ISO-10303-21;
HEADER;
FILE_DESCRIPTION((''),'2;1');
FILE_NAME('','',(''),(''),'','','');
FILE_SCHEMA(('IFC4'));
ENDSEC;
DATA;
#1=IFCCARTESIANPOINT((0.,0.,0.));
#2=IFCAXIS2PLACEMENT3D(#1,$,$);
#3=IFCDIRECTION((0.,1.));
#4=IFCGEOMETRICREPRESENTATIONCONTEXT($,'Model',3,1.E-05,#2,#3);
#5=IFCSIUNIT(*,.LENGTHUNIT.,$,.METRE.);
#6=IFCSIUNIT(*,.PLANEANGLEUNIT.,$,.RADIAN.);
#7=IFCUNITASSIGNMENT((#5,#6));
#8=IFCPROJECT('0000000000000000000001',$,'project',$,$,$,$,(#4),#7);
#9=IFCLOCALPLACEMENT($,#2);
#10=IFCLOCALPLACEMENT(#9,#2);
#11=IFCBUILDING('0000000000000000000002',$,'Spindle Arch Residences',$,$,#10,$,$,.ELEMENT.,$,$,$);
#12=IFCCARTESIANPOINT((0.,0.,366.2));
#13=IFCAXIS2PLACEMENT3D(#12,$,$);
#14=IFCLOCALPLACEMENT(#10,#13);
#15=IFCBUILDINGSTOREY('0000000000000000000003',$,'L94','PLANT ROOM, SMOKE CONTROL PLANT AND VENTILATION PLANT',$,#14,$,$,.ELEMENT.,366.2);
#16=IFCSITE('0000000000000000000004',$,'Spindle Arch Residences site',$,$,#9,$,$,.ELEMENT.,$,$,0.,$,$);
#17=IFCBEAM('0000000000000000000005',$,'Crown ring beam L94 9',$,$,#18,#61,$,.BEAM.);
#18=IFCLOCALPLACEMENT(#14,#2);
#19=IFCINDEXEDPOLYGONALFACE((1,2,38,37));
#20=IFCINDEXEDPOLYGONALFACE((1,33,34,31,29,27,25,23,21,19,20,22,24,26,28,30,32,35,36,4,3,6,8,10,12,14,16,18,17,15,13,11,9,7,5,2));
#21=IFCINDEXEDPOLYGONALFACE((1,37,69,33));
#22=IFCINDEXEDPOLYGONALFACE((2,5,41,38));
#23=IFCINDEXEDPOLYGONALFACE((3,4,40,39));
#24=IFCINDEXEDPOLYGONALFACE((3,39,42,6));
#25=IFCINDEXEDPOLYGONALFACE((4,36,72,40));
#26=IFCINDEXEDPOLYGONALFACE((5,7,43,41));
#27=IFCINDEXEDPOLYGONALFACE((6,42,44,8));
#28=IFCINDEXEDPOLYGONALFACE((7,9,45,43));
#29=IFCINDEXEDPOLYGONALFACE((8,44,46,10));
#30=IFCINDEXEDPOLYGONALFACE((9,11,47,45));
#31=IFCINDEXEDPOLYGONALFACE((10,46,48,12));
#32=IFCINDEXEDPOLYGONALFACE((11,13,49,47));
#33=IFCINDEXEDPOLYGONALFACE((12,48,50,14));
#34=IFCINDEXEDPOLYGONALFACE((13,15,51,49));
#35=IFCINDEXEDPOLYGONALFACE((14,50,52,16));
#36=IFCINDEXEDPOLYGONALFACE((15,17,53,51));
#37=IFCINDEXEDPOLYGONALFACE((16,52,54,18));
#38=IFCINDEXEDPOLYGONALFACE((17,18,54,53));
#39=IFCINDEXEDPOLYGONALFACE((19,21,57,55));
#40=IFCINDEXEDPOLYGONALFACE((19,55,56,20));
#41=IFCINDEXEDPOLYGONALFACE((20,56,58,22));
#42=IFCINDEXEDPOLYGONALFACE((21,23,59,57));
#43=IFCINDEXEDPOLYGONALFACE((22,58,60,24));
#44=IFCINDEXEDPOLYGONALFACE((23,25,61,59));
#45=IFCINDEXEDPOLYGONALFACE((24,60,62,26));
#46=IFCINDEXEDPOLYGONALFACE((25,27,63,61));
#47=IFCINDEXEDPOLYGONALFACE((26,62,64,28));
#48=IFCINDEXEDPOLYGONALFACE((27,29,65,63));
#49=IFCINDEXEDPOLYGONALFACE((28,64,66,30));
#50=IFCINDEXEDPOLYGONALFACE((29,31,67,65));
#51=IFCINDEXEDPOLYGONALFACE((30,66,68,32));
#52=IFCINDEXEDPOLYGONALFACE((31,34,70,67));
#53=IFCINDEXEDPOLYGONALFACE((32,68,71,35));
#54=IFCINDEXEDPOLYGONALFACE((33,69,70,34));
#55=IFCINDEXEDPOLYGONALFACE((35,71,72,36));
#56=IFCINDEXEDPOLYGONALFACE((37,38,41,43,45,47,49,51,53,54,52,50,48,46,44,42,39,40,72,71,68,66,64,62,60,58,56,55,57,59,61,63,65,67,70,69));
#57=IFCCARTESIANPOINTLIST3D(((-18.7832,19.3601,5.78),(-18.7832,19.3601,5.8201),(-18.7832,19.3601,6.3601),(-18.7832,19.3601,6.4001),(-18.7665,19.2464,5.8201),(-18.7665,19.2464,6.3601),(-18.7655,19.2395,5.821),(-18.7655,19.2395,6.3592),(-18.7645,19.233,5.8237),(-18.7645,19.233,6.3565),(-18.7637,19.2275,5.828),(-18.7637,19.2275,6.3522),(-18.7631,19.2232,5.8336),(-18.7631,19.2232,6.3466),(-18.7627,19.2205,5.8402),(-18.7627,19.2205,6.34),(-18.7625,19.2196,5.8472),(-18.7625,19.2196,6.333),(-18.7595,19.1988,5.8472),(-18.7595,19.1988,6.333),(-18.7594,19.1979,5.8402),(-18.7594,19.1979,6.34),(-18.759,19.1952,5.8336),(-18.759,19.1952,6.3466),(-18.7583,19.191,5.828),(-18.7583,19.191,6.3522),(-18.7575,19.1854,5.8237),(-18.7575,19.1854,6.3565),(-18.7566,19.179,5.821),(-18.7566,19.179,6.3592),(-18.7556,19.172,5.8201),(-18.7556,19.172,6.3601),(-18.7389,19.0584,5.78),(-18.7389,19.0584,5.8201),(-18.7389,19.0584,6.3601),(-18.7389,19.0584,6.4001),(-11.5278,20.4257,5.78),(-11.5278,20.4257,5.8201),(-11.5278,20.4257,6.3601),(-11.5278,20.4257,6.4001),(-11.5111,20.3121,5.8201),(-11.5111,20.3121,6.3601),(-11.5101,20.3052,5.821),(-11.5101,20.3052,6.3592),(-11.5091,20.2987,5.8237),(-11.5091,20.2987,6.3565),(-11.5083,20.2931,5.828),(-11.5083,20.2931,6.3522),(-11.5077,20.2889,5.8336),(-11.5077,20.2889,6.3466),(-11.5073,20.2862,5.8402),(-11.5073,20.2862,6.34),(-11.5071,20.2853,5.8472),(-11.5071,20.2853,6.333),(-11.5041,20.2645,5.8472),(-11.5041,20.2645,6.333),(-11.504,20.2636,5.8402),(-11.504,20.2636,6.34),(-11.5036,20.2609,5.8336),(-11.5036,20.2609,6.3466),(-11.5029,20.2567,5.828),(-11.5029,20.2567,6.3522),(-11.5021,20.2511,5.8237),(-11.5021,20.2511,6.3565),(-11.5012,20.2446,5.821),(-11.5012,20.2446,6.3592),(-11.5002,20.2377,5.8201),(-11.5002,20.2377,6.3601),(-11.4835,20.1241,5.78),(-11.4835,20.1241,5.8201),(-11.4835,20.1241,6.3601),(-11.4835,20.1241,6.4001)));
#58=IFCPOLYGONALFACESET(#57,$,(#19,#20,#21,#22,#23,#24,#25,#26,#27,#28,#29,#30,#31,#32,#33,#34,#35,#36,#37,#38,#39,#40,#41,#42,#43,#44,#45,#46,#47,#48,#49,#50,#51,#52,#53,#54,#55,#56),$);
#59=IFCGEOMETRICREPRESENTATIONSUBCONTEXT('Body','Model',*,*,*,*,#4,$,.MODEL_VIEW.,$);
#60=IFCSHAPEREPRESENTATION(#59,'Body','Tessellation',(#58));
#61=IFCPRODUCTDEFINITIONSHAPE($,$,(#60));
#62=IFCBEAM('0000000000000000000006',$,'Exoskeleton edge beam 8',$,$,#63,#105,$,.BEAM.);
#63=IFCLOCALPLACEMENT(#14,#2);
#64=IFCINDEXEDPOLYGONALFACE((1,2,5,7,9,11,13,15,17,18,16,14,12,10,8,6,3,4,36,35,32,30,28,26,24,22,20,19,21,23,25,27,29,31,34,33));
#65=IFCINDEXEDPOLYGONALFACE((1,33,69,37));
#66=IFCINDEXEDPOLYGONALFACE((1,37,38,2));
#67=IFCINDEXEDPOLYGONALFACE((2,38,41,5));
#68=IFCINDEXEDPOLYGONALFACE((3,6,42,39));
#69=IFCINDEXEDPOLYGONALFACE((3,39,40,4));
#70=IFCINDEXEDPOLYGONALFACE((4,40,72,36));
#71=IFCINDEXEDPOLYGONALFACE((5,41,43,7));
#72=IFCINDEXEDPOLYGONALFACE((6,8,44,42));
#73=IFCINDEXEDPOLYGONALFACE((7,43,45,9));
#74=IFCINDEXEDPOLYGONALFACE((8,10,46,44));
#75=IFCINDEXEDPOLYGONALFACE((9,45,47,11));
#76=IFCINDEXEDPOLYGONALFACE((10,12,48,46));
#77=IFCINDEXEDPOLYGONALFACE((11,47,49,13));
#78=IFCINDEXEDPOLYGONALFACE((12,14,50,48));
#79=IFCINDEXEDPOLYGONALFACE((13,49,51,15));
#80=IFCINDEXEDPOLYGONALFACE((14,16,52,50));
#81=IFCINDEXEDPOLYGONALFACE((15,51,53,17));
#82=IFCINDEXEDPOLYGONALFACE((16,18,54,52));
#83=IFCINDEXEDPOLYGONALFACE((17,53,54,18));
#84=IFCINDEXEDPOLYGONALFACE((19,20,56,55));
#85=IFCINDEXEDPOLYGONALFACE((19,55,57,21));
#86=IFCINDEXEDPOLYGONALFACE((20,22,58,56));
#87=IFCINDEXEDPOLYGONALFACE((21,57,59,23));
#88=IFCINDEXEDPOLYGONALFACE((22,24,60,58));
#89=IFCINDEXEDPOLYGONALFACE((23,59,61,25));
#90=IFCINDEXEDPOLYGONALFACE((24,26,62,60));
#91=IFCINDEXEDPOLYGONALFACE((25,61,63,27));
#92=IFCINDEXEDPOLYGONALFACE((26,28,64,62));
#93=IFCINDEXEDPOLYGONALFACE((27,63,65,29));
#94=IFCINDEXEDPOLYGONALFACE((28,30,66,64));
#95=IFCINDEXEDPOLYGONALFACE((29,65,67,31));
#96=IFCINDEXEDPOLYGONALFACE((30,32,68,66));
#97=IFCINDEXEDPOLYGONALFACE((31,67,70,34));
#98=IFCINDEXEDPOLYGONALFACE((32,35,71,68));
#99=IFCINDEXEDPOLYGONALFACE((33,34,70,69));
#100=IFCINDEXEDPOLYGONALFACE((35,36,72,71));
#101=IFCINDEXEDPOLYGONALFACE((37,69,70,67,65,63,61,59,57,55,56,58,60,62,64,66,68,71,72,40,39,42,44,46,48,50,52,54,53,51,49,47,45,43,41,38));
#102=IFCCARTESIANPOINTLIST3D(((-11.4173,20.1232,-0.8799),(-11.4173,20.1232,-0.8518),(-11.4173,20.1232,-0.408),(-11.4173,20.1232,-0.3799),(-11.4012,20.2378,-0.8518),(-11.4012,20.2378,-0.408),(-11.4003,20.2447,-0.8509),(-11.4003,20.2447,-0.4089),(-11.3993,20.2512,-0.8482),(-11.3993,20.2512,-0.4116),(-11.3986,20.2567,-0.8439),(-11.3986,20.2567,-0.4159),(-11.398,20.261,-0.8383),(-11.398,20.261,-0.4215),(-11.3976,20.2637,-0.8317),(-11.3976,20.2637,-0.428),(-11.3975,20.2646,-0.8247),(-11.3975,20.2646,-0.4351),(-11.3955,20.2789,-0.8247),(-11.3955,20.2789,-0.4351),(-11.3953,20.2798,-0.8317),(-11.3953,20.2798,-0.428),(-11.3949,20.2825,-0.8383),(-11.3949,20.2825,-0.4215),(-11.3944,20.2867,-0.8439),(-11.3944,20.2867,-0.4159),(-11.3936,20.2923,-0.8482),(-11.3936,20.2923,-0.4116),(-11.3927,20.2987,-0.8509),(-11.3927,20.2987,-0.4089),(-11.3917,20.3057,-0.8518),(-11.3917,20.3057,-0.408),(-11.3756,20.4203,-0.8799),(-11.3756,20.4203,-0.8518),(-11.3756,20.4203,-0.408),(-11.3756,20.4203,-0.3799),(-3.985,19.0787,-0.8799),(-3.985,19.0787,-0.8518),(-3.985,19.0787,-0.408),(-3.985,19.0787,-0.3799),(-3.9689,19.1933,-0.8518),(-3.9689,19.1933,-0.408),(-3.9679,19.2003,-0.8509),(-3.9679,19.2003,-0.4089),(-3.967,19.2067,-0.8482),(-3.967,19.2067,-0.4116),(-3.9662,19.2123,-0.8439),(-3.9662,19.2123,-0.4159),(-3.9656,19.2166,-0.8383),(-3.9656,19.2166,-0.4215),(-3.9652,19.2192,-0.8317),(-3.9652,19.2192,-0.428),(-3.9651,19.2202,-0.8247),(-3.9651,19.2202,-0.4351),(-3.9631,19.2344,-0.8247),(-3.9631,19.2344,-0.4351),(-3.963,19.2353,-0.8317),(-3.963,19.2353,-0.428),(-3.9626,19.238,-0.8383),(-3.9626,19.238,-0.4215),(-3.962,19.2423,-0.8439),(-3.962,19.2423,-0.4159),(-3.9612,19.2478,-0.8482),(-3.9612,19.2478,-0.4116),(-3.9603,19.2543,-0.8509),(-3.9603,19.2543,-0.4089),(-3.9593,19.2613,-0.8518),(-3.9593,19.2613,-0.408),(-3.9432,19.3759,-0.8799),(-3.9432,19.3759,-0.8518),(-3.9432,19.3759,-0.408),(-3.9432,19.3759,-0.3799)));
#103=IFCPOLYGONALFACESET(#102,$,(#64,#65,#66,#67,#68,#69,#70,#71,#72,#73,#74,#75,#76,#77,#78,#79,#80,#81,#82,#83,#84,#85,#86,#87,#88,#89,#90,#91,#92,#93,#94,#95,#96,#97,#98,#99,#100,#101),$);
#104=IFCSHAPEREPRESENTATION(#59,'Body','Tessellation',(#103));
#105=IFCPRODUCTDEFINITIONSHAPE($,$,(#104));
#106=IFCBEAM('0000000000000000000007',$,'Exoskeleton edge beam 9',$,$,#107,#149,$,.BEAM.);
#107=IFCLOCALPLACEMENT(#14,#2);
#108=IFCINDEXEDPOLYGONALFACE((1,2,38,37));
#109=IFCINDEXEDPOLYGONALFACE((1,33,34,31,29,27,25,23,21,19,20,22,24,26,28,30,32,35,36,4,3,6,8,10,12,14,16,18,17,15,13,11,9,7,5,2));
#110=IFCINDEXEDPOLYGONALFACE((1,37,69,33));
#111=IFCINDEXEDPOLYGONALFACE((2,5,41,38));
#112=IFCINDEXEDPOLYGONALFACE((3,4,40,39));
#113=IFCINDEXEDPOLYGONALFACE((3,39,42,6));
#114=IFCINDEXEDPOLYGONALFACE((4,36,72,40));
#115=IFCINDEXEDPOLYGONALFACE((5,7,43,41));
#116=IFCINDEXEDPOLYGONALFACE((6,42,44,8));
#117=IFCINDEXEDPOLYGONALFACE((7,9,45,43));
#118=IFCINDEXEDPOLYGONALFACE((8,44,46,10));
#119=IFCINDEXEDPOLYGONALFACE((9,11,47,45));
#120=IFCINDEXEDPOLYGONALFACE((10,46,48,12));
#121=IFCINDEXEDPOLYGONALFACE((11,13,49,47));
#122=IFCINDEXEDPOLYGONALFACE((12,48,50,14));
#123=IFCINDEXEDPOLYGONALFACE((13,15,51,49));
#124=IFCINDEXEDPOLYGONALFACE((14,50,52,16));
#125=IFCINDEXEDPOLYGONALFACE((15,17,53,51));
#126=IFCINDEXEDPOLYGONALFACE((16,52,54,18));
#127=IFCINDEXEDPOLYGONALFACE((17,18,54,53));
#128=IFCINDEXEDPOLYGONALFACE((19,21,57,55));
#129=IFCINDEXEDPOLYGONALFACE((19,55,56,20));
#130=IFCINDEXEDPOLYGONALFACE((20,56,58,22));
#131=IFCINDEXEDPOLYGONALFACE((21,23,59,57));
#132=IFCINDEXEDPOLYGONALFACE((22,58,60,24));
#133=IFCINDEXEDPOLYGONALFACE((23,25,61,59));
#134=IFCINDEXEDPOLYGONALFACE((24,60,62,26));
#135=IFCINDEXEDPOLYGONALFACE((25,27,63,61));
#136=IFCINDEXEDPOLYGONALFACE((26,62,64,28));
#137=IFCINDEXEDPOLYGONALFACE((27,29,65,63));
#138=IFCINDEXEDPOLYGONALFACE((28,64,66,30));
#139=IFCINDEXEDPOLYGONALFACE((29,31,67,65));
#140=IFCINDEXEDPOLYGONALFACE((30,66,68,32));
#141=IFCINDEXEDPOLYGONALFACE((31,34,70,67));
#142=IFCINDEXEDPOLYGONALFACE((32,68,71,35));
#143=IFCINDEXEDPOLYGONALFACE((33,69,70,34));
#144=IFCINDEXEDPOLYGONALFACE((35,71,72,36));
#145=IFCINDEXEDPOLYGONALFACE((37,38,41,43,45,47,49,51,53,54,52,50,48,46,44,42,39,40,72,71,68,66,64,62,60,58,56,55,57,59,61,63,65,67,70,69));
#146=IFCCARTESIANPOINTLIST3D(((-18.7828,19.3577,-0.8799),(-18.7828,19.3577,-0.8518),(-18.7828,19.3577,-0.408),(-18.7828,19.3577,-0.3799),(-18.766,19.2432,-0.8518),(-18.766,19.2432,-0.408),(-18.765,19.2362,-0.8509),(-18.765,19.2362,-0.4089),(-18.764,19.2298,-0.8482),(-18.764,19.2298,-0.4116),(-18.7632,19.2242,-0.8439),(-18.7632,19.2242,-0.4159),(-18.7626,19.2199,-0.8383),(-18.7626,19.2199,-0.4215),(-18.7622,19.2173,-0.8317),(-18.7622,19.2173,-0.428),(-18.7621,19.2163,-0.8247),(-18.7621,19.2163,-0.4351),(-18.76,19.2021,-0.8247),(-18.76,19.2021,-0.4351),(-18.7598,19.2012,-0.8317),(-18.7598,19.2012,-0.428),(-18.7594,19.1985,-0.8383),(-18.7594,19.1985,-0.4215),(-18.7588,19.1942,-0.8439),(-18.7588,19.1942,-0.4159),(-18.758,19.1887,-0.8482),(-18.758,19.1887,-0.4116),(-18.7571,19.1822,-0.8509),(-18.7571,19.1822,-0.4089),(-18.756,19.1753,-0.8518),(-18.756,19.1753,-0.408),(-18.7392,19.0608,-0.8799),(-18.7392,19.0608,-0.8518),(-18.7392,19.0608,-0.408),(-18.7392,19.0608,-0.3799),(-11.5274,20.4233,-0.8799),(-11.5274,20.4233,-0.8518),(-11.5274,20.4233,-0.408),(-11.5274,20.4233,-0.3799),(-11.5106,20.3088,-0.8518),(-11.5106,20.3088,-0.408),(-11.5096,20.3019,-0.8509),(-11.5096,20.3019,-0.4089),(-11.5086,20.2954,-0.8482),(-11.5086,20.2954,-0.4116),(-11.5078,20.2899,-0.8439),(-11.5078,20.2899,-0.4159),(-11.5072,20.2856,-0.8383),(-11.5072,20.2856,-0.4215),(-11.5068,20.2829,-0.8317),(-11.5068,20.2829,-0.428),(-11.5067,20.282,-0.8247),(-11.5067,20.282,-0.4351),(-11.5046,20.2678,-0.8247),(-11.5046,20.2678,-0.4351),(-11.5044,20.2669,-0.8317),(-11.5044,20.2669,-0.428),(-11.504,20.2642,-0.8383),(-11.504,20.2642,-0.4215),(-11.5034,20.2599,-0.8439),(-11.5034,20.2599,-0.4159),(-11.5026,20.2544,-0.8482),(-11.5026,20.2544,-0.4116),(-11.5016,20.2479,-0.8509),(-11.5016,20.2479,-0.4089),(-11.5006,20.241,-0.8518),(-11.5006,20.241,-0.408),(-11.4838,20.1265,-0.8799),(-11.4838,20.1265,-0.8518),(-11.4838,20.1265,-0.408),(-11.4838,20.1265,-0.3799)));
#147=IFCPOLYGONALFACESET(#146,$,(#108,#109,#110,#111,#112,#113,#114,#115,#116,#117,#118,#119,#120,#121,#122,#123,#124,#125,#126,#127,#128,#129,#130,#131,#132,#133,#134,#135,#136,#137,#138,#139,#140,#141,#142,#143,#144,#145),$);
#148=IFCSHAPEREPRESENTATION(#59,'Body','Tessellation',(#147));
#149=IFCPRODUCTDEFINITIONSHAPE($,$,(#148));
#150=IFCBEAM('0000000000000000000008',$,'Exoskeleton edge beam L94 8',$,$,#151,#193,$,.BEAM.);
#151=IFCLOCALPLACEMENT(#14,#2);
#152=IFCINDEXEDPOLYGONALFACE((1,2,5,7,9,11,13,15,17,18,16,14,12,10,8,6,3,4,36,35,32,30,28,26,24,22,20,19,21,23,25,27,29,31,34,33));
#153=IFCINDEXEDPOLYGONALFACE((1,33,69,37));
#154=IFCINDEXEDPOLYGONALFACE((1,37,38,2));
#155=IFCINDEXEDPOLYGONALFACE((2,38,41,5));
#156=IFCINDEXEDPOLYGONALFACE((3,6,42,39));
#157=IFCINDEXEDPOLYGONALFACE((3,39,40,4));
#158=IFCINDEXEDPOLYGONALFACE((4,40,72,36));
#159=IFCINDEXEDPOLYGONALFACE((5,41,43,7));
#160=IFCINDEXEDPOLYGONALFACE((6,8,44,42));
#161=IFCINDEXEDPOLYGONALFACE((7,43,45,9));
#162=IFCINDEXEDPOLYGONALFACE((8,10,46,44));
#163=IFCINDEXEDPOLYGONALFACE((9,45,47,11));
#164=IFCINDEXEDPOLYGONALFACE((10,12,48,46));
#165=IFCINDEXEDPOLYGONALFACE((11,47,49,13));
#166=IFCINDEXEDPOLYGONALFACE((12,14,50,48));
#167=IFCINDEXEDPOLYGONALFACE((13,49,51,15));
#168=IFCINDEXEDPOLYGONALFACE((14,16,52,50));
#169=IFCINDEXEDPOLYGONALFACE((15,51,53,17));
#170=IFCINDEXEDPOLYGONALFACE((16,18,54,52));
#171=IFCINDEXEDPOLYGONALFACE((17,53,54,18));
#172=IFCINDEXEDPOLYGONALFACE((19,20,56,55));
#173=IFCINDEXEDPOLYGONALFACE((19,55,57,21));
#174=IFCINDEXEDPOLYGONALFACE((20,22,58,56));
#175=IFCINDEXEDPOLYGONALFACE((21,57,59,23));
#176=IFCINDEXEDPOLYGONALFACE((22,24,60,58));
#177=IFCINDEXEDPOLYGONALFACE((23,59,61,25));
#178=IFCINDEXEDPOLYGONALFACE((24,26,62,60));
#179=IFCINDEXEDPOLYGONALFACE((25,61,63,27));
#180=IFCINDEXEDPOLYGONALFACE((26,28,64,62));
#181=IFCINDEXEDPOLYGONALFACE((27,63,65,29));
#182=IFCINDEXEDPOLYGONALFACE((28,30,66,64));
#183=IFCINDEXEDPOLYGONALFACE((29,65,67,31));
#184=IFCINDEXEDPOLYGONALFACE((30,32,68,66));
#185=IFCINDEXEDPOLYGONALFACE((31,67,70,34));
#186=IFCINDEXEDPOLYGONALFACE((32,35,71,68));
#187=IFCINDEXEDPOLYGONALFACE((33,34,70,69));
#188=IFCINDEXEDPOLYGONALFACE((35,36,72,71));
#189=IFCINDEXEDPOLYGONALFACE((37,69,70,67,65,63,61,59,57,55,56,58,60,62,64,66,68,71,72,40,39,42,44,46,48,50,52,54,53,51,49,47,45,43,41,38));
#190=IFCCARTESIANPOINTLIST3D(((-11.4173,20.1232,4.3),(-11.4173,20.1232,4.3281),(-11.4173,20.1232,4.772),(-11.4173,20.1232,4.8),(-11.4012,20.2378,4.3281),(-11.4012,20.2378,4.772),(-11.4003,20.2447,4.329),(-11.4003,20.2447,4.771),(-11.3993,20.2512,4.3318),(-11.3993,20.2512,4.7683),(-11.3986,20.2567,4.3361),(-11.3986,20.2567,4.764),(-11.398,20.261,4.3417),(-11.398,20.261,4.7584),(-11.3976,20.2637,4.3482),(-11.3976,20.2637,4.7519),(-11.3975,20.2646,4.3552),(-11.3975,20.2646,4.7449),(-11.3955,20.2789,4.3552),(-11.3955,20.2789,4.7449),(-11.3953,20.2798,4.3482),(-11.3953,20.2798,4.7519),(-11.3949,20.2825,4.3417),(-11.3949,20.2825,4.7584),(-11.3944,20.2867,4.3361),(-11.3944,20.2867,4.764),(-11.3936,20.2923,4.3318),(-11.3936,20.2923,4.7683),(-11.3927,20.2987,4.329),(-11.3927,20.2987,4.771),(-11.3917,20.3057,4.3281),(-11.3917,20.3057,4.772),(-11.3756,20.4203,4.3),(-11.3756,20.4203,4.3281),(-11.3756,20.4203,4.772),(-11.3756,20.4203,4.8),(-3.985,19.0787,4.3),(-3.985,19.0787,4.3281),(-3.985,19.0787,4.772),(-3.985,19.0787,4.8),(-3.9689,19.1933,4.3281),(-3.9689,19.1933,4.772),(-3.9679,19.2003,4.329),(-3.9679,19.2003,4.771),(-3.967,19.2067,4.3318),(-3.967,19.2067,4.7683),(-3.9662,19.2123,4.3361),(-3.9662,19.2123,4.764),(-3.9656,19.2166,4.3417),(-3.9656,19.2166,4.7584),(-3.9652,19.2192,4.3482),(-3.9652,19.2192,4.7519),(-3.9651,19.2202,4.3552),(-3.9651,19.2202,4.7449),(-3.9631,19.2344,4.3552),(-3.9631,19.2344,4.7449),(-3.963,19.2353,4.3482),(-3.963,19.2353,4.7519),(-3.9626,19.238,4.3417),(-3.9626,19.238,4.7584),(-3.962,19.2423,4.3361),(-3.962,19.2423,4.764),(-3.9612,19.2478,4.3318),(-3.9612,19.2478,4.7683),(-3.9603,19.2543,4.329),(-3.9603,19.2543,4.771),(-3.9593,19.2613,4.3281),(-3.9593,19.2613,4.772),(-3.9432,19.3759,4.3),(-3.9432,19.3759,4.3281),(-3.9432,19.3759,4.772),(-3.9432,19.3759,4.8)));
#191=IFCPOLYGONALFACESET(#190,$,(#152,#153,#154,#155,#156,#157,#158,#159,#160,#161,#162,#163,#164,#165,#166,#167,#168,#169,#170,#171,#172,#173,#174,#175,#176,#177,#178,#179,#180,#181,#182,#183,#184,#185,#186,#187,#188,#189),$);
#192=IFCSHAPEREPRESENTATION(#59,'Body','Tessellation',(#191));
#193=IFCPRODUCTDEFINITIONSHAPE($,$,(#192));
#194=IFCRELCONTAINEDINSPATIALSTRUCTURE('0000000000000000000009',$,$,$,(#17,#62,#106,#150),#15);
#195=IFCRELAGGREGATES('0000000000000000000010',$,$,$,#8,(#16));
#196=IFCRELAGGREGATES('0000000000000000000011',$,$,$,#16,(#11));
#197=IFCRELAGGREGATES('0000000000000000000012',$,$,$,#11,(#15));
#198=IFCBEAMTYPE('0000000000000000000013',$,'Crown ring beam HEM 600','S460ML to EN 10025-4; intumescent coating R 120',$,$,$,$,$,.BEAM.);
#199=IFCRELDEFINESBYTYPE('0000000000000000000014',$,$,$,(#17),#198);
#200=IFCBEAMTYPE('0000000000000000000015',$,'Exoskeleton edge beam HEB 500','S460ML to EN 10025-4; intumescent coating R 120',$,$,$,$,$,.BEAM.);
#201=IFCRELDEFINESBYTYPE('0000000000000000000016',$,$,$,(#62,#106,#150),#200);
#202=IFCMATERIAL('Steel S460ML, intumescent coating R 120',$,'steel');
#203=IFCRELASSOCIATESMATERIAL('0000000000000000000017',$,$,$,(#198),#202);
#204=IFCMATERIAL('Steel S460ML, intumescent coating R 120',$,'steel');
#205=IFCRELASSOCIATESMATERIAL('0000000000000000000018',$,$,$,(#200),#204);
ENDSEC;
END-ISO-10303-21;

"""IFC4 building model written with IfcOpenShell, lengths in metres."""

from ifc_helpers import new_model, si_unit, direction, frame, origin, origin_2d, place, context, subcontext, project, spatial, i_section, extrude, material, material_profile, profile_set, type_object, element, save


model = new_model("IFC4")

# Units and contexts
model_context = context("Model", 3, precision=1e-05, world=origin(), true_north=direction((0.0, 1.0)))
body_context = subcontext(model_context, "Body", "Model", "MODEL_VIEW")
ifc_project = project(units=[si_unit("LENGTHUNIT", "METRE"), si_unit("PLANEANGLEUNIT", "RADIAN")], contexts=[model_context])

# Site, building, storey
site_placement = place(None, origin())
site = spatial("IfcSite", under=ifc_project, at=site_placement, Name="Spindle Arch Residences site", CompositionType="ELEMENT", RefElevation=0.0)
building_placement = place(site_placement, origin())
building = spatial("IfcBuilding", under=site, at=building_placement, Name="Spindle Arch Residences", CompositionType="ELEMENT")
storey_placement = place(building_placement, frame((0.0, 0.0, 366.2)))
storey = spatial("IfcBuildingStorey", under=building, at=storey_placement, Name="L94", Description="PLANT ROOM, SMOKE CONTROL PLANT AND VENTILATION PLANT", CompositionType="ELEMENT", Elevation=366.2)

# Beams
ifc_material_1 = material(Name="Steel S460ML, intumescent coating R 120", Category="steel")
ifc_material_profile_1 = material_profile(ifc_material_1, i_section(OverallWidth=0.3049, OverallDepth=0.6201, WebThickness=0.021, FlangeThickness=0.04, FilletRadius=0.0271, at=origin_2d()), Name="HEM 600")
ifc_profile_set_1 = profile_set([ifc_material_profile_1], Name="Steel S460ML, intumescent coating R 120")
beam_type_1 = type_object("IfcBeamType", Name="Crown ring beam HEM 600", Description="S460ML to EN 10025-4; intumescent coating R 120", PredefinedType="BEAM", material=ifc_profile_set_1)
beam_1_placement = place(storey_placement, frame((-11.5056, 20.2749, 6.0901), z_axis=(-0.989384, -0.145321, 0.0), x_axis=(0.145321, -0.989384, 0.0)))
element("IfcBeam", 1, at=beam_1_placement, inside=storey, type_object=beam_type_1, Name="Crown ring beam L94 9", PredefinedType="BEAM", context=body_context, shape_type="SweptSolid", body=[
    extrude(i_section(OverallWidth=0.3049, OverallDepth=0.6201, WebThickness=0.021, FlangeThickness=0.04, FilletRadius=0.0271, at=origin_2d()), origin(), (0.0, 0.0, 1.0), 7.3333),
])
ifc_material_2 = material(Name="Steel S460ML, intumescent coating R 120", Category="steel")
ifc_material_profile_2 = material_profile(ifc_material_2, i_section(OverallWidth=0.3, OverallDepth=0.5, WebThickness=0.0144, FlangeThickness=0.0281, FilletRadius=0.0271, at=origin_2d()), Name="HEB 500")
ifc_profile_set_2 = profile_set([ifc_material_profile_2], Name="Steel S460ML, intumescent coating R 120")
beam_type_2 = type_object("IfcBeamType", Name="Exoskeleton edge beam HEB 500", Description="S460ML to EN 10025-4; intumescent coating R 120", PredefinedType="BEAM", material=ifc_profile_set_2)
beam_2_placement = place(storey_placement, frame((-3.9641, 19.2273, -0.6299), z_axis=(-0.99027, 0.139158, 0.0), x_axis=(-0.139158, -0.99027, 0.0)))
element("IfcBeam", 2, at=beam_2_placement, inside=storey, type_object=beam_type_2, Name="Exoskeleton edge beam 8", PredefinedType="BEAM", context=body_context, shape_type="SweptSolid", body=[
    extrude(i_section(OverallWidth=0.3, OverallDepth=0.5, WebThickness=0.0144, FlangeThickness=0.0281, FilletRadius=0.0271, at=origin_2d()), origin(), (0.0, 0.0, 1.0), 7.5054),
])
beam_3_placement = place(storey_placement, frame((-11.5056, 20.2749, -0.6299), z_axis=(-0.989384, -0.145321, 0.0), x_axis=(0.145321, -0.989384, 0.0)))
element("IfcBeam", 3, at=beam_3_placement, inside=storey, type_object=beam_type_2, Name="Exoskeleton edge beam 9", PredefinedType="BEAM", context=body_context, shape_type="SweptSolid", body=[
    extrude(i_section(OverallWidth=0.3, OverallDepth=0.5, WebThickness=0.0144, FlangeThickness=0.0281, FilletRadius=0.0271, at=origin_2d()), origin(), (0.0, 0.0, 1.0), 7.3333),
])
beam_4_placement = place(storey_placement, frame((-3.9641, 19.2273, 4.55), z_axis=(-0.99027, 0.139158, 0.0), x_axis=(-0.139158, -0.99027, 0.0)))
element("IfcBeam", 4, at=beam_4_placement, inside=storey, type_object=beam_type_2, Name="Exoskeleton edge beam L94 8", PredefinedType="BEAM", context=body_context, shape_type="SweptSolid", body=[
    extrude(i_section(OverallWidth=0.3, OverallDepth=0.5, WebThickness=0.0144, FlangeThickness=0.0281, FilletRadius=0.0271, at=origin_2d()), origin(), (0.0, 0.0, 1.0), 7.5054),
])

save(model, "model.ifc")
